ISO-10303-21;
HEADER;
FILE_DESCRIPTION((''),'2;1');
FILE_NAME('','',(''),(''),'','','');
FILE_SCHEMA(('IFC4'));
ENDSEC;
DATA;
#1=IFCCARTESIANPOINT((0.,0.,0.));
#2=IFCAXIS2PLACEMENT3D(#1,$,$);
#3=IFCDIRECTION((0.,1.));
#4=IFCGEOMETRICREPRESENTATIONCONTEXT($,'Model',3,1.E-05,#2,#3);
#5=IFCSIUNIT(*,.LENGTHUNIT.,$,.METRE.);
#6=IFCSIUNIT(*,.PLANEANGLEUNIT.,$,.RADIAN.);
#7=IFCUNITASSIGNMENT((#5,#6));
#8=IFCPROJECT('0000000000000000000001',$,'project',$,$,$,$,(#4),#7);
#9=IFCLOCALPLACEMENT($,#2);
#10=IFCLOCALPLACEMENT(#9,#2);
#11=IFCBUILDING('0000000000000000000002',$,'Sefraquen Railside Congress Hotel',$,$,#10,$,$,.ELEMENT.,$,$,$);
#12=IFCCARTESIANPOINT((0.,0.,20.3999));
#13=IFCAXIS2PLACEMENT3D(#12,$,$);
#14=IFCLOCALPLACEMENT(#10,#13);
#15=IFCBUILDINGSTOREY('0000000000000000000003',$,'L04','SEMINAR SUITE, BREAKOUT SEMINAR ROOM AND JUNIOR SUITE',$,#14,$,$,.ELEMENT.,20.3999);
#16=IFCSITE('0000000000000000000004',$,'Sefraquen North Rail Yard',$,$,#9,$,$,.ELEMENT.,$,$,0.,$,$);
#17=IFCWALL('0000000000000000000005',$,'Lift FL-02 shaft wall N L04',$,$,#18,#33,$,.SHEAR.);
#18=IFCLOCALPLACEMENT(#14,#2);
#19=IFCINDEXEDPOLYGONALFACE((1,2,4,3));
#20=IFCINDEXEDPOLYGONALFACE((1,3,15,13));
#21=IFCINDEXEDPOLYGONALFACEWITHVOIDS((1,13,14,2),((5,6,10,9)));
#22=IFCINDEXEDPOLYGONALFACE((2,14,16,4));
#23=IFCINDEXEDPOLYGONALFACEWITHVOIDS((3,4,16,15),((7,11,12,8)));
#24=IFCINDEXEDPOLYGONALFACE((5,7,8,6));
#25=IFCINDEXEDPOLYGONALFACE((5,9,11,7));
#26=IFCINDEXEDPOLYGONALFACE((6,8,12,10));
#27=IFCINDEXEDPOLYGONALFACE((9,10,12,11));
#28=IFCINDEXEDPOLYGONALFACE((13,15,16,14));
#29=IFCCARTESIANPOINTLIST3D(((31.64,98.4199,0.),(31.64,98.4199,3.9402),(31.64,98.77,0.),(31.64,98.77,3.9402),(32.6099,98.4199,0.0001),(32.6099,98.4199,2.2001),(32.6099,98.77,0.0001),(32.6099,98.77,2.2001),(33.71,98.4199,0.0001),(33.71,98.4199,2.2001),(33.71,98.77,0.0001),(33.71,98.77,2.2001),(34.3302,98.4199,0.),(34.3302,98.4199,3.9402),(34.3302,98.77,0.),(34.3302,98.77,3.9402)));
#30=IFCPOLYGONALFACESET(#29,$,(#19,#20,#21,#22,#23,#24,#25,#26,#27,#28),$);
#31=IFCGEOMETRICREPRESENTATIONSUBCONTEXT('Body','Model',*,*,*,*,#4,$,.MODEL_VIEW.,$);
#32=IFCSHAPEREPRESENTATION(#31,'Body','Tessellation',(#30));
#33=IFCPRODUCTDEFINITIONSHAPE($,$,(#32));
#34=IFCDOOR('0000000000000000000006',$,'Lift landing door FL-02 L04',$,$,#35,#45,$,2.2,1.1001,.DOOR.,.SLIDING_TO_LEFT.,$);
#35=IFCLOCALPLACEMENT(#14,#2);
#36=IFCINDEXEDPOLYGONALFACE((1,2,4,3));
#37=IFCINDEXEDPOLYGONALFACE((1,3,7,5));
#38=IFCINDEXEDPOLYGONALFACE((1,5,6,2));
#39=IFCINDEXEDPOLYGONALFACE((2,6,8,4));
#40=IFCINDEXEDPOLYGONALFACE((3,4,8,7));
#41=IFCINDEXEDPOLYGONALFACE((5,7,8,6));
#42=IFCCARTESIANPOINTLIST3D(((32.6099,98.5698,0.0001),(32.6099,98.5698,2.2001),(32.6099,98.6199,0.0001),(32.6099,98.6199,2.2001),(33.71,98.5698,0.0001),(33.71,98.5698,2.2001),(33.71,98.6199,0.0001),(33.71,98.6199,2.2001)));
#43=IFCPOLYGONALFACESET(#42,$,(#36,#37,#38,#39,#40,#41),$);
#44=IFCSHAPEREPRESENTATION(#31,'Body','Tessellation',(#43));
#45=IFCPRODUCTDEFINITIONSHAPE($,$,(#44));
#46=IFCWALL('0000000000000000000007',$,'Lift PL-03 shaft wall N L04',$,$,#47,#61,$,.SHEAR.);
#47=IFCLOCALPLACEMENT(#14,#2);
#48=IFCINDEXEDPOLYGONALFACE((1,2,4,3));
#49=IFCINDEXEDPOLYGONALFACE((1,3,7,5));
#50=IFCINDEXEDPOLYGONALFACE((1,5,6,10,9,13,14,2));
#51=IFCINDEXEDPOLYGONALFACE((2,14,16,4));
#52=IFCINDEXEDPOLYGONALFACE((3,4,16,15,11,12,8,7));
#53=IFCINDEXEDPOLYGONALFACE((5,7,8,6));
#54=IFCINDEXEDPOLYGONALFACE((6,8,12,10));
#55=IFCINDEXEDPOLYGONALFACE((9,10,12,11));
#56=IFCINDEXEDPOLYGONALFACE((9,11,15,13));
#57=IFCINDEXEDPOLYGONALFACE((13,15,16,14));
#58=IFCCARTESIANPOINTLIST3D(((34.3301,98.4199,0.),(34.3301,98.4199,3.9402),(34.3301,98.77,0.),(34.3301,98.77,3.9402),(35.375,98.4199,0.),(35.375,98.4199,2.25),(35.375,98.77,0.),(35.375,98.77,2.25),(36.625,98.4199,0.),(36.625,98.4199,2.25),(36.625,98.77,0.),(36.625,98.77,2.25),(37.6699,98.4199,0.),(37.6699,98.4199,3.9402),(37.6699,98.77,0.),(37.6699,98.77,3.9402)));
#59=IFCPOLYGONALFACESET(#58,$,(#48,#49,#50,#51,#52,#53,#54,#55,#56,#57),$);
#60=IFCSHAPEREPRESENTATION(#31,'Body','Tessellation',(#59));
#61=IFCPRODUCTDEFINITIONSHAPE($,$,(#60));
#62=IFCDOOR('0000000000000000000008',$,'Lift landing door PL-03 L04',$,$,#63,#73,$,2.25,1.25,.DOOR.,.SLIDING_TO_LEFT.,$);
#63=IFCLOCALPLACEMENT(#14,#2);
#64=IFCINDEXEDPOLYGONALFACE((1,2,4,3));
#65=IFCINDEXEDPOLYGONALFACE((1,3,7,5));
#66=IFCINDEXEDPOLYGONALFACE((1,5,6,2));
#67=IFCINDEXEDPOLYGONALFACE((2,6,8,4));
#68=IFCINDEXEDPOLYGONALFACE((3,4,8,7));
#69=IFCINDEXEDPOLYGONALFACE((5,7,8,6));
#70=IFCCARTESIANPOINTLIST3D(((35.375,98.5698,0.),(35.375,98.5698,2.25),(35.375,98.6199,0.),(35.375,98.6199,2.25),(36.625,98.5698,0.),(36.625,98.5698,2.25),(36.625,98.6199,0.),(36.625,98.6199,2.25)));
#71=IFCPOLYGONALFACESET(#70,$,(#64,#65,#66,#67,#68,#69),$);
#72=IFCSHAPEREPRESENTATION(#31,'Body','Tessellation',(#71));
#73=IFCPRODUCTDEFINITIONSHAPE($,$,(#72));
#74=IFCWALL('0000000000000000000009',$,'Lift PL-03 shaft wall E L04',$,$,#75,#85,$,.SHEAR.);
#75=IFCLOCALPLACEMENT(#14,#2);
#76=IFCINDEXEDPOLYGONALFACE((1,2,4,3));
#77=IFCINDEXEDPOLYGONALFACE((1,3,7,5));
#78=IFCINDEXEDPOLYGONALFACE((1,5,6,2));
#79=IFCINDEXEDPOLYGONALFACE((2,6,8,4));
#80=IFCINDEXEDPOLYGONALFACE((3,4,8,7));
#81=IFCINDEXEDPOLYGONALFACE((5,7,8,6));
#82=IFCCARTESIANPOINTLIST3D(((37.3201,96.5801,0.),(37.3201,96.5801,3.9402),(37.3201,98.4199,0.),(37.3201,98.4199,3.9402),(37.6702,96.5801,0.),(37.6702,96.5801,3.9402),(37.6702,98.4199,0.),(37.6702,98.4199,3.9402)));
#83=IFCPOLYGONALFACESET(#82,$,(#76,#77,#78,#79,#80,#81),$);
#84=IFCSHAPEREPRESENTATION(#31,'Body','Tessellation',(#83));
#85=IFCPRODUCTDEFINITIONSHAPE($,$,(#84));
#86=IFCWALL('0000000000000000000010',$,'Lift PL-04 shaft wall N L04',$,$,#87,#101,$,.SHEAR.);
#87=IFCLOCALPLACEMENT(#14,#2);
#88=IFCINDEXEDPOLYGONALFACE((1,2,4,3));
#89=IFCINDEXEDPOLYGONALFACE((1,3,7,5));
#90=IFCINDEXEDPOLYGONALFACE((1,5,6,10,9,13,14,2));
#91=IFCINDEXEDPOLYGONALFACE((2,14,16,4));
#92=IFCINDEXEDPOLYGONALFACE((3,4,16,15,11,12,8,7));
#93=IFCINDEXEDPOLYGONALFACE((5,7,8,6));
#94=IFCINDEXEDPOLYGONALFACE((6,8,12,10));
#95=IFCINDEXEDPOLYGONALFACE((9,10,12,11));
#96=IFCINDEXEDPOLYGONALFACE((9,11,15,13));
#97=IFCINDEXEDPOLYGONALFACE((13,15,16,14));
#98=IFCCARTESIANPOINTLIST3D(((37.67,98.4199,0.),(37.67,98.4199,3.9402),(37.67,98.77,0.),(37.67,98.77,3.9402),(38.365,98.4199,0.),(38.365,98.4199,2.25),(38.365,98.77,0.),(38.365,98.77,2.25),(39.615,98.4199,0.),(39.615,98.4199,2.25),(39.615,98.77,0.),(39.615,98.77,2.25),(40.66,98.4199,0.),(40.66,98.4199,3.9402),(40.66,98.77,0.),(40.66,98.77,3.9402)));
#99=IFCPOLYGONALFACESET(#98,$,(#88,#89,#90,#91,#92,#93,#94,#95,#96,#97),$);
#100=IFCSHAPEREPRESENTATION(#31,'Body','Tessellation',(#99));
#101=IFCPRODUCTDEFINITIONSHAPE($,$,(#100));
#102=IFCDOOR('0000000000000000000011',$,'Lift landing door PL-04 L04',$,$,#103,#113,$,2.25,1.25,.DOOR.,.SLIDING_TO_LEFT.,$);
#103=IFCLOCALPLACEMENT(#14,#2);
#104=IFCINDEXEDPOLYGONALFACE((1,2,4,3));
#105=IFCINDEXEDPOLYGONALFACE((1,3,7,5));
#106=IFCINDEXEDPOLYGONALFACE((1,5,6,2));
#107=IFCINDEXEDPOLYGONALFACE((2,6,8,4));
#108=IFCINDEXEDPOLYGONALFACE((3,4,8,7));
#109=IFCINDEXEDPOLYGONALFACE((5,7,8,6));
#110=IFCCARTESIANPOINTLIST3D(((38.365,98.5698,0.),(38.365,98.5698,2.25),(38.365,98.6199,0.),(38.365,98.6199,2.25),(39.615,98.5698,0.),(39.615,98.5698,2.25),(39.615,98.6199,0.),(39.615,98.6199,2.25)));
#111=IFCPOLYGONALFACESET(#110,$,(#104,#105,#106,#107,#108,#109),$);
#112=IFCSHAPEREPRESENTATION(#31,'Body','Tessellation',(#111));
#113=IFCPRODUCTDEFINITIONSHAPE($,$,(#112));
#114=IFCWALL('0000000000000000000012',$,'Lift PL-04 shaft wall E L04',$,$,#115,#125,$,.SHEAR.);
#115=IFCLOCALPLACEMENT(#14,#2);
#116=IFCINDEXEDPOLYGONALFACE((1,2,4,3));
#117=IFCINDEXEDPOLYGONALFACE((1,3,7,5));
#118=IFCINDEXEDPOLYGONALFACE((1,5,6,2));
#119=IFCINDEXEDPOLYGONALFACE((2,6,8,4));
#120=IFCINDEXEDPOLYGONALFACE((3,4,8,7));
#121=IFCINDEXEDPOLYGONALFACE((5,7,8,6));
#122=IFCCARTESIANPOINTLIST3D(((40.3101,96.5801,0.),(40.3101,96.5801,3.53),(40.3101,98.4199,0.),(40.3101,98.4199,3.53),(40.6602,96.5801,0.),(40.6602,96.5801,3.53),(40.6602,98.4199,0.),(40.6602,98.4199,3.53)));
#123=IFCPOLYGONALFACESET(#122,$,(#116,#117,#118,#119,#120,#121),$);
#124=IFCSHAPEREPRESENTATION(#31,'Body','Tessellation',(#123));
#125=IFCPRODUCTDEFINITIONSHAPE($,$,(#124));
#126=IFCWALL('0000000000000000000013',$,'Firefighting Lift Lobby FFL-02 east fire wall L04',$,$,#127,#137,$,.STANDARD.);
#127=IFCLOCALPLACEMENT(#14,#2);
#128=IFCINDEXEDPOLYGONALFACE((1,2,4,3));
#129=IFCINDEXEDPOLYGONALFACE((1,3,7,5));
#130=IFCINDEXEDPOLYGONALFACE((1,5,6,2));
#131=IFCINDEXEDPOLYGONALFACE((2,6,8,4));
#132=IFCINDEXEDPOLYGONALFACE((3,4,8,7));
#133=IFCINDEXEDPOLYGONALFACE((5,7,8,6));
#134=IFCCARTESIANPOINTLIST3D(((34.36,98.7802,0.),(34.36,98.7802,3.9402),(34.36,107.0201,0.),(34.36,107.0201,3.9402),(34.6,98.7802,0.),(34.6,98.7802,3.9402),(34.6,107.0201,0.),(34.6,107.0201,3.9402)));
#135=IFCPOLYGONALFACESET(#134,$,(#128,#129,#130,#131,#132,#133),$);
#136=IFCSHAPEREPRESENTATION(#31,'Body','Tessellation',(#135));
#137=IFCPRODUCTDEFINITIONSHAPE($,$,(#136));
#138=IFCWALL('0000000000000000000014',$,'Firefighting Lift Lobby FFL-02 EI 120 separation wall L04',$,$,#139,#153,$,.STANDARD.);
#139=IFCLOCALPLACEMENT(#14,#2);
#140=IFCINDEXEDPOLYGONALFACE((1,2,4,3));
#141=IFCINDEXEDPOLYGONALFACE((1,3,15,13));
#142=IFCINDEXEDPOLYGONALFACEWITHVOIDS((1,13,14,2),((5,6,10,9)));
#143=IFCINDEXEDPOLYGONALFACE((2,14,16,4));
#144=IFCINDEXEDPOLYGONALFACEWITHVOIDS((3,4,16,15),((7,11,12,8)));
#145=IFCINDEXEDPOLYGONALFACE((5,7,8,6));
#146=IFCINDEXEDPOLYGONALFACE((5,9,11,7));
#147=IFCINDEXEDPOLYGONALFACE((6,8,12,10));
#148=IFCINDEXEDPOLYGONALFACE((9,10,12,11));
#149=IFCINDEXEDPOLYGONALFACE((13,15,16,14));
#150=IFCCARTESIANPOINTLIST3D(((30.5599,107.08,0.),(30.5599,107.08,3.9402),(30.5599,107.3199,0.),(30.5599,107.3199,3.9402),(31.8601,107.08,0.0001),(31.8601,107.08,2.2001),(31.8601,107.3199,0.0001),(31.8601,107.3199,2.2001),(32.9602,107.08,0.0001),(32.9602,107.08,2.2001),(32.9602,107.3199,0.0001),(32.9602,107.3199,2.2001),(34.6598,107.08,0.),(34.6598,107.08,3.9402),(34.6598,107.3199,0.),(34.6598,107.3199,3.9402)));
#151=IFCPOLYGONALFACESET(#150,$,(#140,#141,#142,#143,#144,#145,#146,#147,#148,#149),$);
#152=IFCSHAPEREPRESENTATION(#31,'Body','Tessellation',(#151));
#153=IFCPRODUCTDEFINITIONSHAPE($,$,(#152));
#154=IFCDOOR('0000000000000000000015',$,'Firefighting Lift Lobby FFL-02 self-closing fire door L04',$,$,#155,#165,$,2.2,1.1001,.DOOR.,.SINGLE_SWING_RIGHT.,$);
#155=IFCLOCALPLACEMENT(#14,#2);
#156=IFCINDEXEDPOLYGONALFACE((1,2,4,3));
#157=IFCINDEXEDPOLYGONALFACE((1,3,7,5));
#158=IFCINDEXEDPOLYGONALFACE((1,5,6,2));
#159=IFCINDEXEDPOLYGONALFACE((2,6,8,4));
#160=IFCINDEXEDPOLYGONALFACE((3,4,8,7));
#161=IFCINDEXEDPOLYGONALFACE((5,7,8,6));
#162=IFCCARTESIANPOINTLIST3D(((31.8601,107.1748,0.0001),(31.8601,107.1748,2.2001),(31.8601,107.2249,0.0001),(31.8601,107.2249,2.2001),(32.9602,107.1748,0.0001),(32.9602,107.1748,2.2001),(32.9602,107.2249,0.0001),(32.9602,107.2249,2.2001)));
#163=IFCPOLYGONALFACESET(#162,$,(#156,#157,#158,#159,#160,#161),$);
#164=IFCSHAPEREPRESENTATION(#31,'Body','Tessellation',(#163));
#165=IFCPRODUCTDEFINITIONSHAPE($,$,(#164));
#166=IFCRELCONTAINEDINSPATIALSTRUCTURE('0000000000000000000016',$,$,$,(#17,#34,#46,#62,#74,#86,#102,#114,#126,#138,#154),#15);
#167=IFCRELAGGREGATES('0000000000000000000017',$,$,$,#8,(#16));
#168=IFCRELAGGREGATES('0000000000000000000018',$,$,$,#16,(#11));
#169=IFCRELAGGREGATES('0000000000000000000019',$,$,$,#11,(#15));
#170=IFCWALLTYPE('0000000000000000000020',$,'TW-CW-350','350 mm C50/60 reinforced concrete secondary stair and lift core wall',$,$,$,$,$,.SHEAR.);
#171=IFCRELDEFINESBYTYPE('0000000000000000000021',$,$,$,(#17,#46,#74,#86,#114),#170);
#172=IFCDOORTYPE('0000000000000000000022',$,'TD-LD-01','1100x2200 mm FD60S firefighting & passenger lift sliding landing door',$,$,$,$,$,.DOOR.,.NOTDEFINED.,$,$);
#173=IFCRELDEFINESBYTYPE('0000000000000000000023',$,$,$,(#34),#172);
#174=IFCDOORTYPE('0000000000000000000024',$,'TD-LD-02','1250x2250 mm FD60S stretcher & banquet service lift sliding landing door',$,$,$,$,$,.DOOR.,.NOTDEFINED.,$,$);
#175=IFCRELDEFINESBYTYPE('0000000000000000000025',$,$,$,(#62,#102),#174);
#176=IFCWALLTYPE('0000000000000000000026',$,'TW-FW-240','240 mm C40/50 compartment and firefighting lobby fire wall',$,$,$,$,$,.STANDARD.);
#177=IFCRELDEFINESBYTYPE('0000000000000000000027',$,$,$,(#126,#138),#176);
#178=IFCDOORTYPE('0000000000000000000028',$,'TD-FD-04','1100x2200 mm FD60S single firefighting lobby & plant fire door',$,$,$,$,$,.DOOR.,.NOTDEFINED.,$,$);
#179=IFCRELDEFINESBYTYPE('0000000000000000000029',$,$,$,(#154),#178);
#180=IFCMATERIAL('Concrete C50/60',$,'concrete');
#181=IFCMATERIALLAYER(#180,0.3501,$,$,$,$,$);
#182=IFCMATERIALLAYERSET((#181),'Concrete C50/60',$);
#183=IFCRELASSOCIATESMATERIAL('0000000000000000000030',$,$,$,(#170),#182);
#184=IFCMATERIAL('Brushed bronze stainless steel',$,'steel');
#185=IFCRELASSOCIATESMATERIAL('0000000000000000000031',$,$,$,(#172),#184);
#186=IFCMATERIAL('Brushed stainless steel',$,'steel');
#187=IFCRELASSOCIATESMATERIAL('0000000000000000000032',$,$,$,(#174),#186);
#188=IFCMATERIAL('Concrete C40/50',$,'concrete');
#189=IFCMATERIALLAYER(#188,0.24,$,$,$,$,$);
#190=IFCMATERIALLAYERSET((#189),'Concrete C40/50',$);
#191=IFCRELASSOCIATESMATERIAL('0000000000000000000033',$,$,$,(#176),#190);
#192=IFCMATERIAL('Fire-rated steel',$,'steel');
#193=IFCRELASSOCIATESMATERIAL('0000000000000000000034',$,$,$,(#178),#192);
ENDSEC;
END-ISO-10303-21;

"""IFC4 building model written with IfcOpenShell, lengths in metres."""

from ifc_helpers import new_model, si_unit, direction, frame, frame_2d, origin, place, context, subcontext, project, spatial, rectangle, extrude, material, layer, layer_set, type_object, element, fill, save


model = new_model("IFC4")

# Units and contexts
model_context = context("Model", 3, precision=1e-05, world=origin(), true_north=direction((0.0, 1.0)))
body_context = subcontext(model_context, "Body", "Model", "MODEL_VIEW")
ifc_project = project(units=[si_unit("LENGTHUNIT", "METRE"), si_unit("PLANEANGLEUNIT", "RADIAN")], contexts=[model_context])

# Site, building, storey
site_placement = place(None, origin())
site = spatial("IfcSite", under=ifc_project, at=site_placement, Name="Sefraquen North Rail Yard", CompositionType="ELEMENT", RefElevation=0.0)
building_placement = place(site_placement, origin())
building = spatial("IfcBuilding", under=site, at=building_placement, Name="Sefraquen Railside Congress Hotel", CompositionType="ELEMENT")
storey_placement = place(building_placement, frame((0.0, 0.0, 20.3999)))
storey = spatial("IfcBuildingStorey", under=building, at=storey_placement, Name="L04", Description="SEMINAR SUITE, BREAKOUT SEMINAR ROOM AND JUNIOR SUITE", CompositionType="ELEMENT", Elevation=20.3999)

# Walls, openings, doors
ifc_material_1 = material(Name="Concrete C50/60", Category="concrete")
ifc_layer_1 = layer(ifc_material_1, 0.3501)
ifc_layer_set_1 = layer_set([ifc_layer_1], Name="Concrete C50/60")
wall_type_1 = type_object("IfcWallType", Name="TW-CW-350", Description="350 mm C50/60 reinforced concrete secondary stair and lift core wall", PredefinedType="SHEAR", material=ifc_layer_set_1)
wall_1_placement = place(storey_placement, frame((31.6399, 98.595, 0.0), z_axis=(0.0, 0.0, 1.0), x_axis=(1.0, 0.0, 0.0)))
wall_1 = element("IfcWall", 1, at=wall_1_placement, inside=storey, type_object=wall_type_1, Name="Lift FL-02 shaft wall N L04", PredefinedType="SHEAR", context=body_context, shape_type="SweptSolid", body=[
    extrude(rectangle(XDim=2.6902, YDim=0.3501, at=frame_2d((1.3452, 0.0))), origin(), (0.0, 0.0, 1.0), 3.9402),
])
opening_1_placement = place(wall_1_placement, frame((0.97, 0.0, 0.0)))
opening_1 = element("IfcOpeningElement", 2, at=opening_1_placement, cuts=wall_1, PredefinedType="OPENING", context=body_context, shape_type="SweptSolid", body=[
    extrude(rectangle(XDim=1.1001, YDim=2.2, at=frame_2d((0.55, 1.1001))), frame((0.0, 0.1851, 0.0), z_axis=(0.0, -1.0, 0.0), x_axis=(1.0, 0.0, 0.0)), (0.0, 0.0, 1.0), 0.3701),
])
ifc_material_2 = material(Name="Brushed bronze stainless steel", Category="steel")
door_type_1 = type_object("IfcDoorType", Name="TD-LD-01", Description="1100x2200 mm FD60S firefighting & passenger lift sliding landing door", OperationType="NOTDEFINED", PredefinedType="DOOR", material=ifc_material_2)
door_1_placement = place(opening_1_placement, origin())
door_1 = element("IfcDoor", 3, at=door_1_placement, inside=storey, type_object=door_type_1, Name="Lift landing door FL-02 L04", OperationType="SLIDING_TO_LEFT", OverallHeight=2.2, OverallWidth=1.1001, PredefinedType="DOOR", context=body_context, shape_type="SweptSolid", body=[
    extrude(rectangle(XDim=1.1001, YDim=2.2, at=frame_2d((0.55, 1.1001))), frame((0.0, 0.0249, 0.0), z_axis=(0.0, -1.0, 0.0), x_axis=(1.0, 0.0, 0.0)), (0.0, 0.0, 1.0), 0.05),
])
fill(opening_1, door_1)
wall_2_placement = place(storey_placement, frame((34.3301, 98.595, 0.0), z_axis=(0.0, 0.0, 1.0), x_axis=(1.0, 0.0, 0.0)))
wall_2 = element("IfcWall", 4, at=wall_2_placement, inside=storey, type_object=wall_type_1, Name="Lift PL-03 shaft wall N L04", PredefinedType="SHEAR", context=body_context, shape_type="SweptSolid", body=[
    extrude(rectangle(XDim=3.3398, YDim=0.3501, at=frame_2d((1.6699, 0.0))), origin(), (0.0, 0.0, 1.0), 3.9402),
])
opening_2_placement = place(wall_2_placement, frame((1.0449, 0.0, 0.0)))
opening_2 = element("IfcOpeningElement", 5, at=opening_2_placement, cuts=wall_2, PredefinedType="OPENING", context=body_context, shape_type="SweptSolid", body=[
    extrude(rectangle(XDim=1.25, YDim=2.25, at=frame_2d((0.625, 1.125))), frame((0.0, 0.1851, 0.0), z_axis=(0.0, -1.0, 0.0), x_axis=(1.0, 0.0, 0.0)), (0.0, 0.0, 1.0), 0.3701),
])
ifc_material_3 = material(Name="Brushed stainless steel", Category="steel")
door_type_2 = type_object("IfcDoorType", Name="TD-LD-02", Description="1250x2250 mm FD60S stretcher & banquet service lift sliding landing door", OperationType="NOTDEFINED", PredefinedType="DOOR", material=ifc_material_3)
door_2_placement = place(opening_2_placement, origin())
door_2 = element("IfcDoor", 6, at=door_2_placement, inside=storey, type_object=door_type_2, Name="Lift landing door PL-03 L04", OperationType="SLIDING_TO_LEFT", OverallHeight=2.25, OverallWidth=1.25, PredefinedType="DOOR", context=body_context, shape_type="SweptSolid", body=[
    extrude(rectangle(XDim=1.25, YDim=2.25, at=frame_2d((0.625, 1.125))), frame((0.0, 0.0249, 0.0), z_axis=(0.0, -1.0, 0.0), x_axis=(1.0, 0.0, 0.0)), (0.0, 0.0, 1.0), 0.05),
])
fill(opening_2, door_2)

# Wall
wall_3_placement = place(storey_placement, frame((37.4951, 96.5801, 0.0), z_axis=(0.0, 0.0, 1.0), x_axis=(0.0, 1.0, 0.0)))
element("IfcWall", 7, at=wall_3_placement, inside=storey, type_object=wall_type_1, Name="Lift PL-03 shaft wall E L04", PredefinedType="SHEAR", context=body_context, shape_type="SweptSolid", body=[
    extrude(rectangle(XDim=1.8398, YDim=0.3501, at=frame_2d((0.9199, 0.0))), origin(), (0.0, 0.0, 1.0), 3.9402),
])

# Wall, opening, door
wall_4_placement = place(storey_placement, frame((37.6699, 98.595, 0.0), z_axis=(0.0, 0.0, 1.0), x_axis=(1.0, 0.0, 0.0)))
wall_4 = element("IfcWall", 8, at=wall_4_placement, inside=storey, type_object=wall_type_1, Name="Lift PL-04 shaft wall N L04", PredefinedType="SHEAR", context=body_context, shape_type="SweptSolid", body=[
    extrude(rectangle(XDim=2.99, YDim=0.3501, at=frame_2d((1.4951, 0.0))), origin(), (0.0, 0.0, 1.0), 3.9402),
])
opening_3_placement = place(wall_4_placement, frame((0.6951, 0.0, 0.0)))
opening_3 = element("IfcOpeningElement", 9, at=opening_3_placement, cuts=wall_4, PredefinedType="OPENING", context=body_context, shape_type="SweptSolid", body=[
    extrude(rectangle(XDim=1.25, YDim=2.25, at=frame_2d((0.625, 1.125))), frame((0.0, 0.1851, 0.0), z_axis=(0.0, -1.0, 0.0), x_axis=(1.0, 0.0, 0.0)), (0.0, 0.0, 1.0), 0.3701),
])
door_3_placement = place(opening_3_placement, origin())
door_3 = element("IfcDoor", 10, at=door_3_placement, inside=storey, type_object=door_type_2, Name="Lift landing door PL-04 L04", OperationType="SLIDING_TO_LEFT", OverallHeight=2.25, OverallWidth=1.25, PredefinedType="DOOR", context=body_context, shape_type="SweptSolid", body=[
    extrude(rectangle(XDim=1.25, YDim=2.25, at=frame_2d((0.625, 1.125))), frame((0.0, 0.0249, 0.0), z_axis=(0.0, -1.0, 0.0), x_axis=(1.0, 0.0, 0.0)), (0.0, 0.0, 1.0), 0.05),
])
fill(opening_3, door_3)

# Walls
wall_5_placement = place(storey_placement, frame((40.4851, 96.5801, 0.0), z_axis=(0.0, 0.0, 1.0), x_axis=(0.0, 1.0, 0.0)))
element("IfcWall", 11, at=wall_5_placement, inside=storey, type_object=wall_type_1, Name="Lift PL-04 shaft wall E L04", PredefinedType="SHEAR", context=body_context, shape_type="SweptSolid", body=[
    extrude(rectangle(XDim=1.8398, YDim=0.3501, at=frame_2d((0.9199, 0.0))), origin(), (0.0, 0.0, 1.0), 3.53),
])
ifc_material_4 = material(Name="Concrete C40/50", Category="concrete")
ifc_layer_2 = layer(ifc_material_4, 0.24)
ifc_layer_set_2 = layer_set([ifc_layer_2], Name="Concrete C40/50")
wall_type_2 = type_object("IfcWallType", Name="TW-FW-240", Description="240 mm C40/50 compartment and firefighting lobby fire wall", PredefinedType="STANDARD", material=ifc_layer_set_2)
wall_6_placement = place(storey_placement, frame((34.48, 98.78, 0.0), z_axis=(0.0, 0.0, 1.0), x_axis=(0.0, 1.0, 0.0)))
element("IfcWall", 12, at=wall_6_placement, inside=storey, type_object=wall_type_2, Name="Firefighting Lift Lobby FFL-02 east fire wall L04", PredefinedType="STANDARD", context=body_context, shape_type="SweptSolid", body=[
    extrude(rectangle(XDim=8.24, YDim=0.24, at=frame_2d((4.1201, 0.0))), origin(), (0.0, 0.0, 1.0), 3.9402),
])

# Wall, opening, door
wall_7_placement = place(storey_placement, frame((30.5601, 107.2, 0.0), z_axis=(0.0, 0.0, 1.0), x_axis=(1.0, 0.0, 0.0)))
wall_7 = element("IfcWall", 13, at=wall_7_placement, inside=storey, type_object=wall_type_2, Name="Firefighting Lift Lobby FFL-02 EI 120 separation wall L04", PredefinedType="STANDARD", context=body_context, shape_type="SweptSolid", body=[
    extrude(rectangle(XDim=4.0999, YDim=0.24, at=frame_2d((2.0498, 0.0))), origin(), (0.0, 0.0, 1.0), 3.9402),
])
opening_4_placement = place(wall_7_placement, frame((1.3, 0.0, 0.0)))
opening_4 = element("IfcOpeningElement", 14, at=opening_4_placement, cuts=wall_7, PredefinedType="OPENING", context=body_context, shape_type="SweptSolid", body=[
    extrude(rectangle(XDim=1.1001, YDim=2.2, at=frame_2d((0.55, 1.1001))), frame((0.0, 0.1299, 0.0), z_axis=(0.0, -1.0, 0.0), x_axis=(1.0, 0.0, 0.0)), (0.0, 0.0, 1.0), 0.26),
])
ifc_material_5 = material(Name="Fire-rated steel", Category="steel")
door_type_3 = type_object("IfcDoorType", Name="TD-FD-04", Description="1100x2200 mm FD60S single firefighting lobby & plant fire door", OperationType="NOTDEFINED", PredefinedType="DOOR", material=ifc_material_5)
door_4_placement = place(opening_4_placement, origin())
door_4 = element("IfcDoor", 15, at=door_4_placement, inside=storey, type_object=door_type_3, Name="Firefighting Lift Lobby FFL-02 self-closing fire door L04", OperationType="SINGLE_SWING_RIGHT", OverallHeight=2.2, OverallWidth=1.1001, PredefinedType="DOOR", context=body_context, shape_type="SweptSolid", body=[
    extrude(rectangle(XDim=1.1001, YDim=2.2, at=frame_2d((0.55, 1.1001))), frame((0.0, 0.0249, 0.0), z_axis=(0.0, -1.0, 0.0), x_axis=(1.0, 0.0, 0.0)), (0.0, 0.0, 1.0), 0.05),
])
fill(opening_4, door_4)

save(model, "model.ifc")
